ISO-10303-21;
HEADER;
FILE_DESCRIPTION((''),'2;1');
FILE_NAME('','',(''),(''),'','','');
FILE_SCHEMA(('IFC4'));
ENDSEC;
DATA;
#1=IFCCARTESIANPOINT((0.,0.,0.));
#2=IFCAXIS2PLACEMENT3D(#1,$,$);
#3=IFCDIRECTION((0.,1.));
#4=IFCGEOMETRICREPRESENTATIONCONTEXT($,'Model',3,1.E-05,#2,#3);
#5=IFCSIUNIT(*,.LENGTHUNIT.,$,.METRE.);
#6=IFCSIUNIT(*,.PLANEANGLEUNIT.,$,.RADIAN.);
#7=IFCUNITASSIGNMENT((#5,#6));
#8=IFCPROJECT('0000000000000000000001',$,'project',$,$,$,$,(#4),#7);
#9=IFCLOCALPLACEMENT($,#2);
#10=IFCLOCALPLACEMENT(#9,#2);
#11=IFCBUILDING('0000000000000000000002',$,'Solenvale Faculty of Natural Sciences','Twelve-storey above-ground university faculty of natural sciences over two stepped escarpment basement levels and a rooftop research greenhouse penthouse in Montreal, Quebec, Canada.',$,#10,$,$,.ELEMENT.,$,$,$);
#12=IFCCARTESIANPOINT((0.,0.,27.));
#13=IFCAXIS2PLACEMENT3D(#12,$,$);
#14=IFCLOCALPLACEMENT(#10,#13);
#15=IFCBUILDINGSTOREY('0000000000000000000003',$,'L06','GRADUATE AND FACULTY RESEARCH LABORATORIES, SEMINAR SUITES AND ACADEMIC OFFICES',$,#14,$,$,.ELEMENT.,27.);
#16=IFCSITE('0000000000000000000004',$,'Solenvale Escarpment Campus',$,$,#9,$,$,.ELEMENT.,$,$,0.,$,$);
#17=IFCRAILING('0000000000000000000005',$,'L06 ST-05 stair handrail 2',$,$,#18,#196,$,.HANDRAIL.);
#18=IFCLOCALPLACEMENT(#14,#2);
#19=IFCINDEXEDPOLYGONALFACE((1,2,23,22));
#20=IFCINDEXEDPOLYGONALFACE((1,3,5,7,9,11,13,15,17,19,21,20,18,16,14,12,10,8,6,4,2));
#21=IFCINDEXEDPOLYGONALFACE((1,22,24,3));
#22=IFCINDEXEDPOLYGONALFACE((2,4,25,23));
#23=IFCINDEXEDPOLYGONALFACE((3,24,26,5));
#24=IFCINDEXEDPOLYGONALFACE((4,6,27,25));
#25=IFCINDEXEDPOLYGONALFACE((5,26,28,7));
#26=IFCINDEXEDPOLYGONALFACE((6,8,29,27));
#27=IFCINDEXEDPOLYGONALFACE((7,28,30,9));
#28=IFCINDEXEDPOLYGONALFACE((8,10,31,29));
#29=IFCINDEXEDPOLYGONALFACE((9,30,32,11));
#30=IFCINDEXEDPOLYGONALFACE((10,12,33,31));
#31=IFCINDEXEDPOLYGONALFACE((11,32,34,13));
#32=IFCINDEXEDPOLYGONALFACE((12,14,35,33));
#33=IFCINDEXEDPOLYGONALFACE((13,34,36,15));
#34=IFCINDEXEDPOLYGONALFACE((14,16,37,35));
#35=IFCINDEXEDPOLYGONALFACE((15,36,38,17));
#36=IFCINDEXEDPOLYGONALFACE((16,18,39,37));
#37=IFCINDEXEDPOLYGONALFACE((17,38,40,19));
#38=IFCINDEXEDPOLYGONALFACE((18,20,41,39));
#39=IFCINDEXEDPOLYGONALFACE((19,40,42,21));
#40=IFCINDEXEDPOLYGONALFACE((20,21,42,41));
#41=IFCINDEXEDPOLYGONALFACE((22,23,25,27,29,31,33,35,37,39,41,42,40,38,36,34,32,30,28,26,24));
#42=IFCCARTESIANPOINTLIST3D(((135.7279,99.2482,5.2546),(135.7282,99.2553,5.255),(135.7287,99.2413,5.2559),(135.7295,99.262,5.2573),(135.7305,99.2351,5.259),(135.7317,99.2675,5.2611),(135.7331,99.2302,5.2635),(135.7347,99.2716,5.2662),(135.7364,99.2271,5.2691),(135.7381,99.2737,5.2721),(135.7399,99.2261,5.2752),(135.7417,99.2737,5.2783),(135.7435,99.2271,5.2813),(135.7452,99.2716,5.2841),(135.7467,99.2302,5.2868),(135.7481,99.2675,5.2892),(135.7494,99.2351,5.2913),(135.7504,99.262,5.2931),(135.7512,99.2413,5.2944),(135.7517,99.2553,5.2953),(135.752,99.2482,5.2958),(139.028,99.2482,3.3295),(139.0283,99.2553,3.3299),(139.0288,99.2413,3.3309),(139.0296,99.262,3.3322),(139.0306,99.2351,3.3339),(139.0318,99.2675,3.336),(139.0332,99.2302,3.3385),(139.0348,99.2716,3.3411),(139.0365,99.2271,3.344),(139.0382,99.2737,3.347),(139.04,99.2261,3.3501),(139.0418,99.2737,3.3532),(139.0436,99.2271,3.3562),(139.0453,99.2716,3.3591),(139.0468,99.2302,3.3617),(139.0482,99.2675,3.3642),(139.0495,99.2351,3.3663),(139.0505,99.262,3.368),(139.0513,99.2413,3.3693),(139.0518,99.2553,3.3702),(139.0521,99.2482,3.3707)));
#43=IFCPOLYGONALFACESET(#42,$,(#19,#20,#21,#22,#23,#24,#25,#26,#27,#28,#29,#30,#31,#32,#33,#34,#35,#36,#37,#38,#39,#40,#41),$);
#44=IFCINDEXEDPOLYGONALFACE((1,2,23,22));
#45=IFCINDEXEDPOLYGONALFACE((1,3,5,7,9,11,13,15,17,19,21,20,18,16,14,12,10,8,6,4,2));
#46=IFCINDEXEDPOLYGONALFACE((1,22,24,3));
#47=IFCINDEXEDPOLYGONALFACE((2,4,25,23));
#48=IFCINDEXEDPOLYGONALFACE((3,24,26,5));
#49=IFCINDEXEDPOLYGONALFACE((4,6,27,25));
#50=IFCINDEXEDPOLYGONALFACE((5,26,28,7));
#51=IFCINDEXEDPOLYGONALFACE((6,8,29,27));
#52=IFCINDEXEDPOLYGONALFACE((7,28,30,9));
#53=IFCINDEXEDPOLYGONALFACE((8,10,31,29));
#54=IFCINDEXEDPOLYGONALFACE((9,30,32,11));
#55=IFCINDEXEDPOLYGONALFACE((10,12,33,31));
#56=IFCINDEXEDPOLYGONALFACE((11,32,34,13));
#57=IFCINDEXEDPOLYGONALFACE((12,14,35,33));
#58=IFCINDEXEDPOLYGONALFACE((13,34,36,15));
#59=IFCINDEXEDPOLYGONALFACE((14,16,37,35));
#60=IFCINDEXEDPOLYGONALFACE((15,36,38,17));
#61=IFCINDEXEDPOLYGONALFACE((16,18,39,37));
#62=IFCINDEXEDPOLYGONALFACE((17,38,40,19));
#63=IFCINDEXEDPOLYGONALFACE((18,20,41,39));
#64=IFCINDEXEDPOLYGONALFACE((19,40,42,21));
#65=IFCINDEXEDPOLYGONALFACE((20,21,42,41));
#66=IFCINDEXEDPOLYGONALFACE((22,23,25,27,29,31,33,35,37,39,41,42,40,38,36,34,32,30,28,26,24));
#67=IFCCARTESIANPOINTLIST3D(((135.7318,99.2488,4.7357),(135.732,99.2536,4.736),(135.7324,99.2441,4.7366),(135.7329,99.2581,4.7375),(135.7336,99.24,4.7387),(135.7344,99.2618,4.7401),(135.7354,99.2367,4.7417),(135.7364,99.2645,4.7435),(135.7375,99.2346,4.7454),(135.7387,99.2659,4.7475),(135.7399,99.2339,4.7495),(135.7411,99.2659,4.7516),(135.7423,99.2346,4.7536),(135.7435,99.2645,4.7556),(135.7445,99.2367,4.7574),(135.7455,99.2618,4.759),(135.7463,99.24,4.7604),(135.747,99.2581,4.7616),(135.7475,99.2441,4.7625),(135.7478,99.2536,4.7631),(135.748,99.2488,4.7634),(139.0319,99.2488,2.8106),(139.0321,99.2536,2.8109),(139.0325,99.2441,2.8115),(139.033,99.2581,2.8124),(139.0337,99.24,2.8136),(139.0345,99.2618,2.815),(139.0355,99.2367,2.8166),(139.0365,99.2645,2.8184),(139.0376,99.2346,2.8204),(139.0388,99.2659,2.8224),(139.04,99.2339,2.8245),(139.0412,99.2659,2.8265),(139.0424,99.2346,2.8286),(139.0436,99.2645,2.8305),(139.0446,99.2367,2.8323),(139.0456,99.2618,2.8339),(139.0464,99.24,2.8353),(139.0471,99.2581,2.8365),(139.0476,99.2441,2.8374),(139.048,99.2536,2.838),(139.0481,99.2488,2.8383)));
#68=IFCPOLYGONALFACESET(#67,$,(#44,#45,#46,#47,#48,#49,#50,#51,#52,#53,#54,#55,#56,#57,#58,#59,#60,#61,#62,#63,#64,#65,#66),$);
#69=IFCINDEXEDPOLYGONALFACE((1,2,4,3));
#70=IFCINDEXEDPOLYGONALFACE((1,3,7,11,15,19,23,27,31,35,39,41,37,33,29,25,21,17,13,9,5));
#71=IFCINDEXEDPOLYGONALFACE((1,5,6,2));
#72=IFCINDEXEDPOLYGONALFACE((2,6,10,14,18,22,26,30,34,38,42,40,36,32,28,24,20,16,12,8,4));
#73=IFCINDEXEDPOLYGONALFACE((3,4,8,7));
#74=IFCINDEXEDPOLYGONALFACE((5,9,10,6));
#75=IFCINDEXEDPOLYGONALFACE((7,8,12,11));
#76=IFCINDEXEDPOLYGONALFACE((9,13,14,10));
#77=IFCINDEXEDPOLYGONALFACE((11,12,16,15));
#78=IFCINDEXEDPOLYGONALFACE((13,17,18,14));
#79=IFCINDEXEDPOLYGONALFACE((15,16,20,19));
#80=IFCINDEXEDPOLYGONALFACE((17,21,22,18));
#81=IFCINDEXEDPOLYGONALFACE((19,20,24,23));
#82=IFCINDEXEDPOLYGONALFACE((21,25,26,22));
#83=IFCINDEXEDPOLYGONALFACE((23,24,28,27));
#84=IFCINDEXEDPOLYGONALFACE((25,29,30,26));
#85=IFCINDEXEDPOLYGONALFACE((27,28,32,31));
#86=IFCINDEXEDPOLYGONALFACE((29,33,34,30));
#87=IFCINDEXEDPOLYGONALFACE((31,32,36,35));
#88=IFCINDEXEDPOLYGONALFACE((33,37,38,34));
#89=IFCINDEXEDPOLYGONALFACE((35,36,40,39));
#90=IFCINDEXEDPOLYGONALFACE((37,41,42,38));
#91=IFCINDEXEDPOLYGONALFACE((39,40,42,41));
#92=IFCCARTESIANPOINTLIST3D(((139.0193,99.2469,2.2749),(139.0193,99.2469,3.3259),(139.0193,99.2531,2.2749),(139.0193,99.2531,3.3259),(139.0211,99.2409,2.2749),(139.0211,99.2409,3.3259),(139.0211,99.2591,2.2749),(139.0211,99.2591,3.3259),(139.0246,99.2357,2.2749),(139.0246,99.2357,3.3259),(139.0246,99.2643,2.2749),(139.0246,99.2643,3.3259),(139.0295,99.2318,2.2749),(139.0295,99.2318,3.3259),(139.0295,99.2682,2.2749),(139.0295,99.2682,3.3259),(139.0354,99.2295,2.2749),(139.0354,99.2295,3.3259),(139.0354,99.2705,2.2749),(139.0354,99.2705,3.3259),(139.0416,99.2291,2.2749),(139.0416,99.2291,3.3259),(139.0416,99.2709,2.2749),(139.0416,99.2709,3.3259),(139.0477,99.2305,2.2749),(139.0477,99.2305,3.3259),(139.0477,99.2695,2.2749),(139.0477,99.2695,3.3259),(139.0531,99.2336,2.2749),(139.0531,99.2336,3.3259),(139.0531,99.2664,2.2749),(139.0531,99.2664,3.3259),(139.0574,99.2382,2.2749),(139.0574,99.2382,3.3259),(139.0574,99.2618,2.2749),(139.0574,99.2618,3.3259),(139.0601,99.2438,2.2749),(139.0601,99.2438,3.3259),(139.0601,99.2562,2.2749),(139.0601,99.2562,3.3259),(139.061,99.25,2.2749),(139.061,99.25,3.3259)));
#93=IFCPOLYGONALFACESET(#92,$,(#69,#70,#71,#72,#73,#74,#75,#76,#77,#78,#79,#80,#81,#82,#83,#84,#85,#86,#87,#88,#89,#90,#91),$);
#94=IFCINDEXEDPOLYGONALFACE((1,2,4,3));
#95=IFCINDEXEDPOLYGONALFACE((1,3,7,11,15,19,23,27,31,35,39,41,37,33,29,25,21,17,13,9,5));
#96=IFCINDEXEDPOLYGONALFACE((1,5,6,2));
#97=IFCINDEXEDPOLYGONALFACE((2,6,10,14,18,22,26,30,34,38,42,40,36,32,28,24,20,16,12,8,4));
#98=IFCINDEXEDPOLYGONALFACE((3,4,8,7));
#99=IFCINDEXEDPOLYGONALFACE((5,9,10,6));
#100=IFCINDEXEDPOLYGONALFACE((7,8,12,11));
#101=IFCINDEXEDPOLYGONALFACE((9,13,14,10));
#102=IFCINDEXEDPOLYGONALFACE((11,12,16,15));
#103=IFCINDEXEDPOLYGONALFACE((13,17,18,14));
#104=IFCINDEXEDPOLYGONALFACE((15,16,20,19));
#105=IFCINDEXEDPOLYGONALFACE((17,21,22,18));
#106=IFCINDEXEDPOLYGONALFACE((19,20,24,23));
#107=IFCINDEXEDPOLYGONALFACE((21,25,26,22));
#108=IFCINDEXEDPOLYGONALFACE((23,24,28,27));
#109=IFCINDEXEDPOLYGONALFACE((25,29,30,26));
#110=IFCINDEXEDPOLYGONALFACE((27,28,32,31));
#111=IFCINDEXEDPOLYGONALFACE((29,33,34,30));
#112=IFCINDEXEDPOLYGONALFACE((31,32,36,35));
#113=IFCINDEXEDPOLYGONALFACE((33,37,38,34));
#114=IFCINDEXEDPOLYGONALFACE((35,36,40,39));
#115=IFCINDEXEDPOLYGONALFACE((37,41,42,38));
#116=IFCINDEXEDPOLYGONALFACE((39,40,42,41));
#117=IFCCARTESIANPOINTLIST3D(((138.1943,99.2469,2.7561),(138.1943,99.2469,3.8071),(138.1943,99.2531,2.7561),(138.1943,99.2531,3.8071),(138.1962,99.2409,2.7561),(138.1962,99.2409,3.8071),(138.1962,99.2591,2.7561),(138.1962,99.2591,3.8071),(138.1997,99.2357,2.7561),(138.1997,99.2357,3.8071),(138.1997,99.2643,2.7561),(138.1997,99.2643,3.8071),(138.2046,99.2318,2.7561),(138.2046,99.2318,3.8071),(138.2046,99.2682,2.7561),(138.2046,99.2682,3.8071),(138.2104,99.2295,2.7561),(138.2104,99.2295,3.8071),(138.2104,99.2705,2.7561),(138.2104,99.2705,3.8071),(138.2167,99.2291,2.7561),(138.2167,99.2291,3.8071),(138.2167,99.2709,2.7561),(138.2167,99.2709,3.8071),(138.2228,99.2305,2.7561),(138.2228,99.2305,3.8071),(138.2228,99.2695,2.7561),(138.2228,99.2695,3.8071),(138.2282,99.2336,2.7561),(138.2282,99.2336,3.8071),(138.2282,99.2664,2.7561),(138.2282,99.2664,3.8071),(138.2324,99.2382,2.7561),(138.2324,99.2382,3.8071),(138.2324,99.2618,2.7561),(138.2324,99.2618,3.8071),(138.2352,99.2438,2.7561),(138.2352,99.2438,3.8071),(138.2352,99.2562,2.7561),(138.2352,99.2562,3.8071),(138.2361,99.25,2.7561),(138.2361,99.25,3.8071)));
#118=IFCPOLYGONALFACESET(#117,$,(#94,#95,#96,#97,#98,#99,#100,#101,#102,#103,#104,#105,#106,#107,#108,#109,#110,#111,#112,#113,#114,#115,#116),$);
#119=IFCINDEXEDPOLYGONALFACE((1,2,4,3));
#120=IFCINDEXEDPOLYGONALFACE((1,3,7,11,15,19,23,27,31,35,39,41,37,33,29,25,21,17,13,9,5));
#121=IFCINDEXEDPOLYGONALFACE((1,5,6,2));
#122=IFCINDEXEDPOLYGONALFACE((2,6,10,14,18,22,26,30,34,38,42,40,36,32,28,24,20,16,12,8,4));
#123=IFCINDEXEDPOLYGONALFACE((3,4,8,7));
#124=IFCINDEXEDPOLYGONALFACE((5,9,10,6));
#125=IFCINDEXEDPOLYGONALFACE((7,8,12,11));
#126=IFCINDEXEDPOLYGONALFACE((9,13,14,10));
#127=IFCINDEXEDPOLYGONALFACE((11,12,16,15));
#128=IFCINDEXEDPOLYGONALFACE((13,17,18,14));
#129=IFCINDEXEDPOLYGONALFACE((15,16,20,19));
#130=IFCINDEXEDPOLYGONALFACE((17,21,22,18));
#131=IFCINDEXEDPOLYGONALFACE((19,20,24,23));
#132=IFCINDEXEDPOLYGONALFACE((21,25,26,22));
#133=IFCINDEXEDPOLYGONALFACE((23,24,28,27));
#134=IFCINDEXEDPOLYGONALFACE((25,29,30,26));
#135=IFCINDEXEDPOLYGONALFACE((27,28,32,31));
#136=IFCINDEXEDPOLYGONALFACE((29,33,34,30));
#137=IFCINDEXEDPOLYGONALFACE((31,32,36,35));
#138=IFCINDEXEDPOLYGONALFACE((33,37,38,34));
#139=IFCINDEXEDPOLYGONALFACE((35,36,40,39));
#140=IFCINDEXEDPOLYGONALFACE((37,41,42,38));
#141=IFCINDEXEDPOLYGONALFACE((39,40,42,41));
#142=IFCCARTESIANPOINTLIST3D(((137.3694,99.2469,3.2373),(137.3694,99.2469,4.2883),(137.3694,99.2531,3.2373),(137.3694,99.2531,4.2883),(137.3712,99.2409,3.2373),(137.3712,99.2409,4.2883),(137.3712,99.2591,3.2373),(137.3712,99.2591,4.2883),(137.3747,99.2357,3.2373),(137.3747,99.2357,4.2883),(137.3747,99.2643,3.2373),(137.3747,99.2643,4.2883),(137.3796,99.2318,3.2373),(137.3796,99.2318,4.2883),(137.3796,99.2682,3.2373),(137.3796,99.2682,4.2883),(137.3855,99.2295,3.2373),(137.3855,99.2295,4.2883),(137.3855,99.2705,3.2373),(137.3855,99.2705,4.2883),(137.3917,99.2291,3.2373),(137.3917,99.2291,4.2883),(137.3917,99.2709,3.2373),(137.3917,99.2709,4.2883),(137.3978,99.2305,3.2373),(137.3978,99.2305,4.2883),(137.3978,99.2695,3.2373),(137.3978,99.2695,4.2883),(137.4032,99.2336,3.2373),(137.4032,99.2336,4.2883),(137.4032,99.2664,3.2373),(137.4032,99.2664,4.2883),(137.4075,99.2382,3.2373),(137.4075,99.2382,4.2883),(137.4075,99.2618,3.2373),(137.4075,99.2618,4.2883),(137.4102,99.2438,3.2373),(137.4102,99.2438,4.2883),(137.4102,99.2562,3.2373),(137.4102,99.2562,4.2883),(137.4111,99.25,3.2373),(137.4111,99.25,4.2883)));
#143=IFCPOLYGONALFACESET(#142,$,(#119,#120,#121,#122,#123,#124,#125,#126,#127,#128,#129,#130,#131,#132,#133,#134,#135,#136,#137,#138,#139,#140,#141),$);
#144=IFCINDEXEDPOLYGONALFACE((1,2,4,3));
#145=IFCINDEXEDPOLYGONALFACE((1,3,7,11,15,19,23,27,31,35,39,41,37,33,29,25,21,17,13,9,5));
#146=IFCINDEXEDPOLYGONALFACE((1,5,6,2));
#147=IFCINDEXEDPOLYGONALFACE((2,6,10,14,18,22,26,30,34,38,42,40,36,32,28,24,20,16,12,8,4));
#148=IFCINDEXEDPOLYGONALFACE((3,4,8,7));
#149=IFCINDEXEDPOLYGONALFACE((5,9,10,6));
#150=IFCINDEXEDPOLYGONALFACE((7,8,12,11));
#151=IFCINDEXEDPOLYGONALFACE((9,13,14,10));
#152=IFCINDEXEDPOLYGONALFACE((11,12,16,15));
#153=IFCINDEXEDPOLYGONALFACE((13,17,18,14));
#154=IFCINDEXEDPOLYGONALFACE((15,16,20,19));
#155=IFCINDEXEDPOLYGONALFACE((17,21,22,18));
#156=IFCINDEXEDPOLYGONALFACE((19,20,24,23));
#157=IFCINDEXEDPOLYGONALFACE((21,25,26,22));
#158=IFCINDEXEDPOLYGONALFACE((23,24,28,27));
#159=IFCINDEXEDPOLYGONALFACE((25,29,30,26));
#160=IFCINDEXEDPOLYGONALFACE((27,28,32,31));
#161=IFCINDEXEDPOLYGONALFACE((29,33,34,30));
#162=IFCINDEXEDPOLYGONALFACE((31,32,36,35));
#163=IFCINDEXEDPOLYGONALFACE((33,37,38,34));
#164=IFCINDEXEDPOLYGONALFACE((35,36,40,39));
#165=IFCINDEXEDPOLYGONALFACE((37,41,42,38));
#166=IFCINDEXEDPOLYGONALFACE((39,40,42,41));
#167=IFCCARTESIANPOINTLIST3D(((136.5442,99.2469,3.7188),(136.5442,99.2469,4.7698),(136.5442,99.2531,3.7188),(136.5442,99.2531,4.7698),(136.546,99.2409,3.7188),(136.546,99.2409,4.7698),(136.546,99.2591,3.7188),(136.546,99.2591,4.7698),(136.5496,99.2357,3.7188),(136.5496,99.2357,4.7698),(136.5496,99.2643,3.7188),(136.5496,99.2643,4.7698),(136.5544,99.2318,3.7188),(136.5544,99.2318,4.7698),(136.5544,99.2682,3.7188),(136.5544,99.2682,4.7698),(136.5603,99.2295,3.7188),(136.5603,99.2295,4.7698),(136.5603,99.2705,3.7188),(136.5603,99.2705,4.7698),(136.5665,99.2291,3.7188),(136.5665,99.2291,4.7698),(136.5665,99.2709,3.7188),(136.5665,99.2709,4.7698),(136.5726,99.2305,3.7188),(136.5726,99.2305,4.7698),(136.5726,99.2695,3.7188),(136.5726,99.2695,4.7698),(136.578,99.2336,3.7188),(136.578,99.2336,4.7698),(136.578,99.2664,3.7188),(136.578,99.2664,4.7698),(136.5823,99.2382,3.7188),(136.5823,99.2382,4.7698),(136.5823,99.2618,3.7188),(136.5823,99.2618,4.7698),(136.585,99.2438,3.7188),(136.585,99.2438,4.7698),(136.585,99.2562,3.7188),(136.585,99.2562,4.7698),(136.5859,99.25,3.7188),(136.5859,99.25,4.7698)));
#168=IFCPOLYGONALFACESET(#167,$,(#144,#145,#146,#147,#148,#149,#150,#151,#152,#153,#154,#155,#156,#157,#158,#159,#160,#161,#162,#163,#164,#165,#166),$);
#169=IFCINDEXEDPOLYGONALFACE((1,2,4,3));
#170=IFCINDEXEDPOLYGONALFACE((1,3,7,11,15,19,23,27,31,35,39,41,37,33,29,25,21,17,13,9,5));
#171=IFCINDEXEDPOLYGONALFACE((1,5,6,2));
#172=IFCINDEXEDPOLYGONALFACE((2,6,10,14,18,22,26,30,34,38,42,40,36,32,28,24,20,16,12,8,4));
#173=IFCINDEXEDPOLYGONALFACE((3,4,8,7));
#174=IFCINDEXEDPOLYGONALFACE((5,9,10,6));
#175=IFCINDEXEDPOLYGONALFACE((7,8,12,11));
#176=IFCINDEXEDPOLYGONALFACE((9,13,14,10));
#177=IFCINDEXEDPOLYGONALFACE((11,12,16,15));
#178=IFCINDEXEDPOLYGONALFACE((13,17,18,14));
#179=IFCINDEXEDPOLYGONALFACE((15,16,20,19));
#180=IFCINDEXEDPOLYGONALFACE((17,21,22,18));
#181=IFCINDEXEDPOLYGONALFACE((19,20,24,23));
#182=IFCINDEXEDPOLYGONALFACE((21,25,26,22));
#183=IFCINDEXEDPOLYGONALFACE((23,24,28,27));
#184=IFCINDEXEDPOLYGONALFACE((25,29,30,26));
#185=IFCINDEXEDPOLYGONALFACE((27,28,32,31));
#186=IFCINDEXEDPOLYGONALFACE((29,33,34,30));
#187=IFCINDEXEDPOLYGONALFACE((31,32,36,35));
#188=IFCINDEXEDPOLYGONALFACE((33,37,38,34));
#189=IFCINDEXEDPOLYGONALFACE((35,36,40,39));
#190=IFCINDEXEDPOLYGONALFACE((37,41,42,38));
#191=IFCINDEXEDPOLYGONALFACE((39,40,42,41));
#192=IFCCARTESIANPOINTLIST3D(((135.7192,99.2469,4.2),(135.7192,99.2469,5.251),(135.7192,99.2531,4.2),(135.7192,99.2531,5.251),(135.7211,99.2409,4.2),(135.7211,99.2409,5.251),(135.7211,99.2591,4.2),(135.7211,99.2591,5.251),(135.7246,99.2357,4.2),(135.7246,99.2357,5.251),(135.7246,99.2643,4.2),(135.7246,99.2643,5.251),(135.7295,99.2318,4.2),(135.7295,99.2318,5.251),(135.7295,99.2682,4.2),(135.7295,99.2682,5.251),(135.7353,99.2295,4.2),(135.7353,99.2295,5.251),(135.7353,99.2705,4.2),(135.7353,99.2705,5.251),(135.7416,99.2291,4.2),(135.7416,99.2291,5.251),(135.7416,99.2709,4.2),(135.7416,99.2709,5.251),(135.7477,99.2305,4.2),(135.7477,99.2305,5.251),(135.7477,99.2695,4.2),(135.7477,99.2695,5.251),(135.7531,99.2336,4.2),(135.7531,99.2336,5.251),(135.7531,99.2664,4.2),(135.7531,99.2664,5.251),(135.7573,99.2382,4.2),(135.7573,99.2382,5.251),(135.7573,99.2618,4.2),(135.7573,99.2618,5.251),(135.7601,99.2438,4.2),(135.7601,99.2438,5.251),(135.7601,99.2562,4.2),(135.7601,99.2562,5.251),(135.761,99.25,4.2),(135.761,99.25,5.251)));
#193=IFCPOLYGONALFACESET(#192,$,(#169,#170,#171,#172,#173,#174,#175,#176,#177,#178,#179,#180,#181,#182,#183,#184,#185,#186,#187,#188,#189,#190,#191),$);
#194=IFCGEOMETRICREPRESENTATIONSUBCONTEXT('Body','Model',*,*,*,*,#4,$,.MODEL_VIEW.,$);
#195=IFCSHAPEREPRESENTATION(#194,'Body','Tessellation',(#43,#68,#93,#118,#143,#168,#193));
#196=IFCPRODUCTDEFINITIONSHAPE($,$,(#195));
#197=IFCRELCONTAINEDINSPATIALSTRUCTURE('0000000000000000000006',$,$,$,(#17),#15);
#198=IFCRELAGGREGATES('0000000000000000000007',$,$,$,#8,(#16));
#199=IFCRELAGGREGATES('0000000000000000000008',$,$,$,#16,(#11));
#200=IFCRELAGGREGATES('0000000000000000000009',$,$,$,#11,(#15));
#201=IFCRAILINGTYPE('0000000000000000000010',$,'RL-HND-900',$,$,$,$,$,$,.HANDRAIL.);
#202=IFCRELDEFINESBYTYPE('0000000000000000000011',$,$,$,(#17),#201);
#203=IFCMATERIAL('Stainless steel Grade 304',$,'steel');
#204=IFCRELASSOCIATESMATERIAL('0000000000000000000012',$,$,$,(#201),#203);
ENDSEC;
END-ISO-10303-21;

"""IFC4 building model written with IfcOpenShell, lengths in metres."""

from ifc_helpers import new_model, si_unit, direction, frame, origin, origin_2d, place, context, subcontext, project, spatial, circle, extrude, material, type_object, element, save


model = new_model("IFC4")

# Units and contexts
model_context = context("Model", 3, precision=1e-05, world=origin(), true_north=direction((0.0, 1.0)))
body_context = subcontext(model_context, "Body", "Model", "MODEL_VIEW")
ifc_project = project(units=[si_unit("LENGTHUNIT", "METRE"), si_unit("PLANEANGLEUNIT", "RADIAN")], contexts=[model_context])

# Site, building, storey
site_placement = place(None, origin())
site = spatial("IfcSite", under=ifc_project, at=site_placement, Name="Solenvale Escarpment Campus", CompositionType="ELEMENT", RefElevation=0.0)
building_placement = place(site_placement, origin())
building = spatial("IfcBuilding", under=site, at=building_placement, Name="Solenvale Faculty of Natural Sciences", Description="Twelve-storey above-ground university faculty of natural sciences over two stepped escarpment basement levels and a rooftop research greenhouse penthouse in Montreal, Quebec, Canada.", CompositionType="ELEMENT")
storey_placement = place(building_placement, frame((0.0, 0.0, 27.0)))
storey = spatial("IfcBuildingStorey", under=building, at=storey_placement, Name="L06", Description="GRADUATE AND FACULTY RESEARCH LABORATORIES, SEMINAR SUITES AND ACADEMIC OFFICES", CompositionType="ELEMENT", Elevation=27.0)

# Railing
ifc_material_1 = material(Name="Stainless steel Grade 304", Category="steel")
railing_type = type_object("IfcRailingType", Name="RL-HND-900", PredefinedType="HANDRAIL", material=ifc_material_1)
railing_placement = place(storey_placement, frame((139.04, 99.25, 2.2749)))
element("IfcRailing", 1, at=railing_placement, inside=storey, type_object=railing_type, Name="L06 ST-05 stair handrail 2", PredefinedType="HANDRAIL", context=body_context, shape_type="SweptSolid", body=[
    extrude(circle(Radius=0.0239, at=origin_2d()), frame((0.0, 0.0, 1.0752), z_axis=(-0.863777, 0.0, 0.503875), x_axis=(0.0, -1.0, 0.0)), (0.0, 0.0, 1.0), 3.8206),
    extrude(circle(Radius=0.0161, at=origin_2d()), frame((0.0, 0.0, 0.5496), z_axis=(-0.863777, 0.0, 0.503875), x_axis=(0.0, -1.0, 0.0)), (0.0, 0.0, 1.0), 3.8206),
    extrude(circle(Radius=0.021, at=origin_2d()), origin(), (0.0, 0.0, 1.0), 1.051),
    extrude(circle(Radius=0.021, at=origin_2d()), frame((-0.825, 0.0, 0.4812)), (0.0, 0.0, 1.0), 1.051),
    extrude(circle(Radius=0.021, at=origin_2d()), frame((-1.6499, 0.0, 0.9624)), (0.0, 0.0, 1.0), 1.051),
    extrude(circle(Radius=0.021, at=origin_2d()), frame((-2.4751, 0.0, 1.4438)), (0.0, 0.0, 1.0), 1.051),
    extrude(circle(Radius=0.021, at=origin_2d()), frame((-3.3, 0.0, 1.925)), (0.0, 0.0, 1.0), 1.051),
])

save(model, "model.ifc")
